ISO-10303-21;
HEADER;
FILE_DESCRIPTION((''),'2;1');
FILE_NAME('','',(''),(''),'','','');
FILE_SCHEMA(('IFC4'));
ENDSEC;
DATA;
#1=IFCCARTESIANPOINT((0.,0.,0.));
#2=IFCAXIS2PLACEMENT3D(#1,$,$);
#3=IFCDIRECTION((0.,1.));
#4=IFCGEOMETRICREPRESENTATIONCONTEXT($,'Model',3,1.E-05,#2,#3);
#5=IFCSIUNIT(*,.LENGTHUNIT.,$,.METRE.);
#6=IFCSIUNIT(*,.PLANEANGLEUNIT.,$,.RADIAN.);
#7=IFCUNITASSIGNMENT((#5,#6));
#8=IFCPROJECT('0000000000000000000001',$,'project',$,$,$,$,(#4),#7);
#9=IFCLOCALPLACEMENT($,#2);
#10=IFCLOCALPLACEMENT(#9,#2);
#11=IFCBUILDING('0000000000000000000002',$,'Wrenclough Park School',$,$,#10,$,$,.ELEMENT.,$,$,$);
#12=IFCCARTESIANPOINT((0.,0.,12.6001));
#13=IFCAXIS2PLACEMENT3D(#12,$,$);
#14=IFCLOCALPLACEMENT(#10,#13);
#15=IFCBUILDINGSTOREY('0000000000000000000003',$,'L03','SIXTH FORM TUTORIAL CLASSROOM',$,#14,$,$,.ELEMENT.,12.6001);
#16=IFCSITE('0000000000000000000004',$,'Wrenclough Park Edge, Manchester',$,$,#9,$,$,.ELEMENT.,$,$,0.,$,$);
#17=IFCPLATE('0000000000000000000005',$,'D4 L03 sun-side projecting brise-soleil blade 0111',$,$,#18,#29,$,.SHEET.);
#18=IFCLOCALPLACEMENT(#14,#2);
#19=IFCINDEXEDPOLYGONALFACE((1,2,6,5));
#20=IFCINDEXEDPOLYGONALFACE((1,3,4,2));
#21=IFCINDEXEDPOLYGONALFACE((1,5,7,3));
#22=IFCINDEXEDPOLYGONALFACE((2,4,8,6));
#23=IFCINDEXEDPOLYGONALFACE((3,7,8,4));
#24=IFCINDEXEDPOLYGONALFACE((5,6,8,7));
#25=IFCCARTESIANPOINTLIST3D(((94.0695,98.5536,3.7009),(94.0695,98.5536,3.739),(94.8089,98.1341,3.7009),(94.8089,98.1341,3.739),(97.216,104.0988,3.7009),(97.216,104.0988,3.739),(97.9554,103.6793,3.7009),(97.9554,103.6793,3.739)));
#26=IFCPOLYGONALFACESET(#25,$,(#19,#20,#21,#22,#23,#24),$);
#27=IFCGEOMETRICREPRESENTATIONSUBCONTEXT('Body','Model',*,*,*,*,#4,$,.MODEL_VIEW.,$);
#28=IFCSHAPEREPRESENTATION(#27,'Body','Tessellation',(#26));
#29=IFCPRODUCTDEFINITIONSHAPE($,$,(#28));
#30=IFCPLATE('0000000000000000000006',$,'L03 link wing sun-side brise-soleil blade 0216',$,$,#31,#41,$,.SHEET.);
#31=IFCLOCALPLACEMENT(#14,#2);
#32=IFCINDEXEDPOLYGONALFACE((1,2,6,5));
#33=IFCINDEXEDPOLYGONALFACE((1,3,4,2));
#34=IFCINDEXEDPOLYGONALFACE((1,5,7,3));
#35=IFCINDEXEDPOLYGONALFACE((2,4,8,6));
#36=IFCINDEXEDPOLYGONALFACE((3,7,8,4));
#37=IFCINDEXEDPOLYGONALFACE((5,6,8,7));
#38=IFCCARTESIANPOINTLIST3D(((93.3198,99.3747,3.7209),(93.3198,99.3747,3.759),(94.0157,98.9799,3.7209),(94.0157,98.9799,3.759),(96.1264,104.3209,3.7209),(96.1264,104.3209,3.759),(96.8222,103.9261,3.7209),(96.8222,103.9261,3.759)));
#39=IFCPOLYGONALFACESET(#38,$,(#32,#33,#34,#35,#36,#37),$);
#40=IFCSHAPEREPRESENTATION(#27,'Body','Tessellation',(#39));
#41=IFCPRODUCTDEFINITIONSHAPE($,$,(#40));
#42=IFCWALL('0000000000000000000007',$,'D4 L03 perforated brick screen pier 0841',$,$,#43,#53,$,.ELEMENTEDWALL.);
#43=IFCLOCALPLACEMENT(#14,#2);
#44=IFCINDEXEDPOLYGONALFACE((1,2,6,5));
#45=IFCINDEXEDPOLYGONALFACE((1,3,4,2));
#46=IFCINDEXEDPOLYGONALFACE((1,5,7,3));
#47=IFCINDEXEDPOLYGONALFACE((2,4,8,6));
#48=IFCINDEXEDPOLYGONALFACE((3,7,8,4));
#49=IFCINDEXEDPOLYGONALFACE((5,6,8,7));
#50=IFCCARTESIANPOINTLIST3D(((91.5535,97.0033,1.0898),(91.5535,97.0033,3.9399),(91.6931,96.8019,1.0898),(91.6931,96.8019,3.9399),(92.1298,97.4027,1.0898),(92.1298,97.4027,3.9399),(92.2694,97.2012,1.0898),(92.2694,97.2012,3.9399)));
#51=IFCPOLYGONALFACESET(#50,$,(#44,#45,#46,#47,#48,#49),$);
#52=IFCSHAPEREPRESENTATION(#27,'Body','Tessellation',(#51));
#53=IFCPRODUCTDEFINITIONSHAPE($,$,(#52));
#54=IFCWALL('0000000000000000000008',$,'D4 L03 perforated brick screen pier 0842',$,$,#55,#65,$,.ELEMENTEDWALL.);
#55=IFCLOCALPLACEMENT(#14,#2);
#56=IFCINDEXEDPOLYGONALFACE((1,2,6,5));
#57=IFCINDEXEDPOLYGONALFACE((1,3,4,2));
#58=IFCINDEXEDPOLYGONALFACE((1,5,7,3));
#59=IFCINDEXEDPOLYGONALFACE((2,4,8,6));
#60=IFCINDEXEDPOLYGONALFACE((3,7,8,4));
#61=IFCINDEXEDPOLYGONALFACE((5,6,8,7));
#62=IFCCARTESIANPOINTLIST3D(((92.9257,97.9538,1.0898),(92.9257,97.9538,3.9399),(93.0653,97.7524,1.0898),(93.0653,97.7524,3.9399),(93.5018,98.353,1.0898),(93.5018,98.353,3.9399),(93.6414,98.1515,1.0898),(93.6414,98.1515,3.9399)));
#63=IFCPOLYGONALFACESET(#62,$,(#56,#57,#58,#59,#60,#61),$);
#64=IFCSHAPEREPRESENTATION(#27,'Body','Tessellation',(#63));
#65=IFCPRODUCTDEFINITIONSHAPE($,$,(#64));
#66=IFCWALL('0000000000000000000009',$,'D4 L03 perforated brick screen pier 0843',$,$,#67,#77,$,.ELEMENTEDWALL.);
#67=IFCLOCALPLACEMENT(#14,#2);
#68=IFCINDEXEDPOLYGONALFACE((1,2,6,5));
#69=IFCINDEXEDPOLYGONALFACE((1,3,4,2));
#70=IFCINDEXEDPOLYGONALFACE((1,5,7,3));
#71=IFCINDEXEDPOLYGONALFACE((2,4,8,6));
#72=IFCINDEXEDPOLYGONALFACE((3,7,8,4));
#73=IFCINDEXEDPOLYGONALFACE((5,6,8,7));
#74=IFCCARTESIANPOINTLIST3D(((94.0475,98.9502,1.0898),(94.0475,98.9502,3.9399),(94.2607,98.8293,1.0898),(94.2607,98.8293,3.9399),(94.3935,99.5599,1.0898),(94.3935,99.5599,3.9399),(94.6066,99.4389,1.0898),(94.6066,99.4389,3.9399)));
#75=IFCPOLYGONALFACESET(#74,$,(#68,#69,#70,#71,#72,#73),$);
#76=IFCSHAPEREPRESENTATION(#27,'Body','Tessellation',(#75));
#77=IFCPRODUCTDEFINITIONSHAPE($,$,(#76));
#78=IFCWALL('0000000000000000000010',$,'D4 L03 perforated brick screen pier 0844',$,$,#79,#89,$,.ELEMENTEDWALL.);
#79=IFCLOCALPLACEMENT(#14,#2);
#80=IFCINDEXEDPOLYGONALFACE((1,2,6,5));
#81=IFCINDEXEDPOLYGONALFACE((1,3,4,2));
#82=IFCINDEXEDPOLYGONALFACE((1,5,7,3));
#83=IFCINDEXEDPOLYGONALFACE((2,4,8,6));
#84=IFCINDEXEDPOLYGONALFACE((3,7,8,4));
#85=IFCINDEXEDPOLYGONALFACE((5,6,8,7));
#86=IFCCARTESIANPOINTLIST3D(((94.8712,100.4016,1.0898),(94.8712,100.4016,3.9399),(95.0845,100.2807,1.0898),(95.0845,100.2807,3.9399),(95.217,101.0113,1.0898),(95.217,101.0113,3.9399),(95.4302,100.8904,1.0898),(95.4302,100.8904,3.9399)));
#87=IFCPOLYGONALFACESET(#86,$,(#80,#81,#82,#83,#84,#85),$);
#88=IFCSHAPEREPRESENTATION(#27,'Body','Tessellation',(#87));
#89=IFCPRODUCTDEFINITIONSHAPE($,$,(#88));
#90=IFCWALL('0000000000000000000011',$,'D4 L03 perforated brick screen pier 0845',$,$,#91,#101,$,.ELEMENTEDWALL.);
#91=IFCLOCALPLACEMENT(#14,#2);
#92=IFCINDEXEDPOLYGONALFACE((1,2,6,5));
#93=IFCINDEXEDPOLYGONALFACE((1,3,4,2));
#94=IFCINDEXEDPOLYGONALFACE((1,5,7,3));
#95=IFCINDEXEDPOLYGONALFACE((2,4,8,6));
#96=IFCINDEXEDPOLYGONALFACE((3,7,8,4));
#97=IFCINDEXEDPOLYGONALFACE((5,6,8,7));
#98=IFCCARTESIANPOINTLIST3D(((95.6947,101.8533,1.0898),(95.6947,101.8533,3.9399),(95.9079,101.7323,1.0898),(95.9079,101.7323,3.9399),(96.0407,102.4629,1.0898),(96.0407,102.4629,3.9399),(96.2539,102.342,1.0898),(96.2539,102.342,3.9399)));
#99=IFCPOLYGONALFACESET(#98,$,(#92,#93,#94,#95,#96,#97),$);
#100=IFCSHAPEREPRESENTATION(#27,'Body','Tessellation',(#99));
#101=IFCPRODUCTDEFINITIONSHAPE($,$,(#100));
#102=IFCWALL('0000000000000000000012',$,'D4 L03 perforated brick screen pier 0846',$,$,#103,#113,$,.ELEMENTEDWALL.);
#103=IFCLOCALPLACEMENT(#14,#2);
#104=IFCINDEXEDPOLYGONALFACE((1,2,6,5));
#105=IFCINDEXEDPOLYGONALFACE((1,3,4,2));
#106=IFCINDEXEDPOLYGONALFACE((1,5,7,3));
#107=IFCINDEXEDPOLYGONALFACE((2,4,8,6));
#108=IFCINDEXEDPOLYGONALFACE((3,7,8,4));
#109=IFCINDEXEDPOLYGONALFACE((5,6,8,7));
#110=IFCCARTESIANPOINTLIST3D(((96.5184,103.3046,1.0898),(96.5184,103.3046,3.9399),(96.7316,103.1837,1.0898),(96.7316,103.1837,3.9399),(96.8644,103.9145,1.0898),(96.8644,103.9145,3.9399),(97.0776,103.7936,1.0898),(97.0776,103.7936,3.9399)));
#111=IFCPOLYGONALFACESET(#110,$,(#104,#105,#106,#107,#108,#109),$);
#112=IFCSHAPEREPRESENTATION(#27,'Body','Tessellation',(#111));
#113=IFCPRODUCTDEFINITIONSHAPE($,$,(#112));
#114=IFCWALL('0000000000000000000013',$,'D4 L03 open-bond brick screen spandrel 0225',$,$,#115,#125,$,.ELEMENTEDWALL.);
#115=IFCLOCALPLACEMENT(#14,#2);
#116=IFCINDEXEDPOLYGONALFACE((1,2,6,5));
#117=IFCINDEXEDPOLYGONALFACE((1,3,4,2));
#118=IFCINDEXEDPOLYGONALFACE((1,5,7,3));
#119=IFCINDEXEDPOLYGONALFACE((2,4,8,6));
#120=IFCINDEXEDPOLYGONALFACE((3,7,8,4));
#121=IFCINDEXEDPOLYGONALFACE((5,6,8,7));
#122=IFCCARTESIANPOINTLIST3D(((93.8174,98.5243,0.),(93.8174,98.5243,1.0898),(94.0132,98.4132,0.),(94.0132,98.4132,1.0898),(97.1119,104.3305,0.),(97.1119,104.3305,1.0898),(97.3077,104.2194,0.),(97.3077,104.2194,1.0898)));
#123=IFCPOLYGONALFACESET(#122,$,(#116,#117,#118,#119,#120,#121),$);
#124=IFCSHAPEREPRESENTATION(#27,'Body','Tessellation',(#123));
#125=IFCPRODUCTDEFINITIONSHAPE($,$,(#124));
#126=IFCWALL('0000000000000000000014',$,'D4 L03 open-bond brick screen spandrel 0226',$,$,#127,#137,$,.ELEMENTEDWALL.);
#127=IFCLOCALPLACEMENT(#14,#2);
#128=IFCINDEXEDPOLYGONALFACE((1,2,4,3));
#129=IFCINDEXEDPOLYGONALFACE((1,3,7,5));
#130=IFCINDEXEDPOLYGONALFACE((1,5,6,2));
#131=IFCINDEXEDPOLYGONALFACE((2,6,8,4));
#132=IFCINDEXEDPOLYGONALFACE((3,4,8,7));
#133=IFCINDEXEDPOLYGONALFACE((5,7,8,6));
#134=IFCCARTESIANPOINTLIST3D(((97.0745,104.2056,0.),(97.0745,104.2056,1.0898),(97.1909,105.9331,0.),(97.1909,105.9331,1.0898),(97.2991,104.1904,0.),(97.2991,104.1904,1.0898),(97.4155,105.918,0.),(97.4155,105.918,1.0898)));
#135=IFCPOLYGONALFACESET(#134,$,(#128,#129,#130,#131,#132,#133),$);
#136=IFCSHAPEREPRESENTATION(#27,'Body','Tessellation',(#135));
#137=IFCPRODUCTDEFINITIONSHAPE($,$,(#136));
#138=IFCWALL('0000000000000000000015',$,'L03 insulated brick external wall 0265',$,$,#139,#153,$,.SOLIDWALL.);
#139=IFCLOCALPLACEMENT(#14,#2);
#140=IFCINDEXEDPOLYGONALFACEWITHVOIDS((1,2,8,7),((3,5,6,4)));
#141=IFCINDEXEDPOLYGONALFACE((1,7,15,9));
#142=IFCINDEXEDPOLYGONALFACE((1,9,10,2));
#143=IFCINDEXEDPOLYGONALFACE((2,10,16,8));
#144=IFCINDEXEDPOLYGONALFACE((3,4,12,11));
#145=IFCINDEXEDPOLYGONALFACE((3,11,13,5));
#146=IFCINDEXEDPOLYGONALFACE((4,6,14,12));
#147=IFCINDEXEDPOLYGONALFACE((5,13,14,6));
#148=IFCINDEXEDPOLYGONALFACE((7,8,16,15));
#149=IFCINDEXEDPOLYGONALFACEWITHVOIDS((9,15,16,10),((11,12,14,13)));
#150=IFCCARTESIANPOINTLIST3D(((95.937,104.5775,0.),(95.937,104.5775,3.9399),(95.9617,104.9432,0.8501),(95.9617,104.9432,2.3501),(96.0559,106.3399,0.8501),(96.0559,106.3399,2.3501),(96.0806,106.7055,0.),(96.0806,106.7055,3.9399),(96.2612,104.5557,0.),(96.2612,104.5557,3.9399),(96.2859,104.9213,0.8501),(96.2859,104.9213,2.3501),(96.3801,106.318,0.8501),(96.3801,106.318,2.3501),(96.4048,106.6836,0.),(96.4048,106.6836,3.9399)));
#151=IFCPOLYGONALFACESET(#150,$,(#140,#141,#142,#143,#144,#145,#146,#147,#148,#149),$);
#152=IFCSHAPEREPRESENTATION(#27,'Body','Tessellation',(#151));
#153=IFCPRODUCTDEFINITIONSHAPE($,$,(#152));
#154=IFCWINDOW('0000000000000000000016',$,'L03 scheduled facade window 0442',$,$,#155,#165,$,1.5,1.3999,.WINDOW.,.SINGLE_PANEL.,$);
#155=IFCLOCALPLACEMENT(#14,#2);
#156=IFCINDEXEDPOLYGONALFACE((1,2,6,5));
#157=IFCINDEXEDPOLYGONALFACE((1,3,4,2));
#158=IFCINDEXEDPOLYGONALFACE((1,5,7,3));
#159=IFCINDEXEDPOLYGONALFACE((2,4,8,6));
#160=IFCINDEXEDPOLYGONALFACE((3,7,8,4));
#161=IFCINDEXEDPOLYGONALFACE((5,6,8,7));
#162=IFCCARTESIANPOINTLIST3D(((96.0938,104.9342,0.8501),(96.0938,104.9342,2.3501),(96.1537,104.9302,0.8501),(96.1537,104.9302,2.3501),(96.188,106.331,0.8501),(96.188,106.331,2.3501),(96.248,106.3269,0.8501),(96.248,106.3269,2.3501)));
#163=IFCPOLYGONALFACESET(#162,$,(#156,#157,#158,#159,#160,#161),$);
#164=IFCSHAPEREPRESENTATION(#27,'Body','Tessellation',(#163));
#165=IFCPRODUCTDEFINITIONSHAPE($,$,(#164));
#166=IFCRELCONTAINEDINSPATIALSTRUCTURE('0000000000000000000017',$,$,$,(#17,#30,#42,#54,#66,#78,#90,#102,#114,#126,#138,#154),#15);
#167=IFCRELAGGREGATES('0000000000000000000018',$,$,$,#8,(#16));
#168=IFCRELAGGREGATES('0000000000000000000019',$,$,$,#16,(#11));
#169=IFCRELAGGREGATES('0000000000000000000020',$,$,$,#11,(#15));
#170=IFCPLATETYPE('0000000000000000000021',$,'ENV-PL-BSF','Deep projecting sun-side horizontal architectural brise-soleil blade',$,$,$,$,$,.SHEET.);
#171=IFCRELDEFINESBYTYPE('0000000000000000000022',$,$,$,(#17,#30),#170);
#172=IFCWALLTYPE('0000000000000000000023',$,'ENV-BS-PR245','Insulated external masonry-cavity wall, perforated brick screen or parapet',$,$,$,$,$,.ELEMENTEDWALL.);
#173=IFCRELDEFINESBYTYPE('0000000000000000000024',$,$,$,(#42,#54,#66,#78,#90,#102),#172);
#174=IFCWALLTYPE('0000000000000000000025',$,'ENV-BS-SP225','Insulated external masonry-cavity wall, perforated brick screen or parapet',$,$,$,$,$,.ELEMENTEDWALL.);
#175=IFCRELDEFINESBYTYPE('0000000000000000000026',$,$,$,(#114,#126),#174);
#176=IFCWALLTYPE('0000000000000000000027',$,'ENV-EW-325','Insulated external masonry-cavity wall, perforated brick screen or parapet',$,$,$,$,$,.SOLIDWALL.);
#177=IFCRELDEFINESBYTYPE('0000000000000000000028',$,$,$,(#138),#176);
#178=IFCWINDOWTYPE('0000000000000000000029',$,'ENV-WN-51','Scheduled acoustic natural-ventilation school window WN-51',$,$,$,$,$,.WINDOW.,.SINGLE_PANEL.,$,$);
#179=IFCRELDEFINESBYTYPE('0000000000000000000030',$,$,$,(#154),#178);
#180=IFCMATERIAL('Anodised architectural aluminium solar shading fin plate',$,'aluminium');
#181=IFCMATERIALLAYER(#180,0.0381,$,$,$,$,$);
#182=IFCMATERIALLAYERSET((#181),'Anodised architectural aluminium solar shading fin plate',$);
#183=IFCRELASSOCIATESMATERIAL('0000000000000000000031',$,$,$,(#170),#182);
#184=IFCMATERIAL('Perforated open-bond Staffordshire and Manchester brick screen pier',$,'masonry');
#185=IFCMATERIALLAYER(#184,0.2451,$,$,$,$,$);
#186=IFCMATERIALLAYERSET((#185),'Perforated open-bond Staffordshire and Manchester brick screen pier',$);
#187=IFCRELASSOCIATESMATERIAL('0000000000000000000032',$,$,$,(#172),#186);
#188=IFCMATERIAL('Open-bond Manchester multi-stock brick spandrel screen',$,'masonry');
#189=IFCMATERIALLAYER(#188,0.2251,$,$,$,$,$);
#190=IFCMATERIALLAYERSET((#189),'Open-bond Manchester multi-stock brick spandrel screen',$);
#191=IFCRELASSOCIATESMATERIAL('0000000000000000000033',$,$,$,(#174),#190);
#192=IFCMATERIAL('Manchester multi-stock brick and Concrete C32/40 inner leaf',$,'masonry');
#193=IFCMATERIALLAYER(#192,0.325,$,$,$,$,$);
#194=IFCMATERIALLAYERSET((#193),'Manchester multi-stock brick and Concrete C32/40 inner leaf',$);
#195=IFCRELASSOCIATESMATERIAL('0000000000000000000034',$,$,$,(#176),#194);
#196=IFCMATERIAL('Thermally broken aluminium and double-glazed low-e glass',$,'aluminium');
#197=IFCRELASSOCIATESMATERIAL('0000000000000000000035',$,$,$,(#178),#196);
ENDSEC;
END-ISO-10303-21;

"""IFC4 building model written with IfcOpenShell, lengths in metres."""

from ifc_helpers import new_model, si_unit, direction, frame, frame_2d, origin, origin_2d, place, context, subcontext, project, spatial, rectangle, extrude, material, layer, layer_set, type_object, element, fill, save


model = new_model("IFC4")

# Units and contexts
model_context = context("Model", 3, precision=1e-05, world=origin(), true_north=direction((0.0, 1.0)))
body_context = subcontext(model_context, "Body", "Model", "MODEL_VIEW")
ifc_project = project(units=[si_unit("LENGTHUNIT", "METRE"), si_unit("PLANEANGLEUNIT", "RADIAN")], contexts=[model_context])

# Site, building, storey
site_placement = place(None, origin())
site = spatial("IfcSite", under=ifc_project, at=site_placement, Name="Wrenclough Park Edge, Manchester", CompositionType="ELEMENT", RefElevation=0.0)
building_placement = place(site_placement, origin())
building = spatial("IfcBuilding", under=site, at=building_placement, Name="Wrenclough Park School", CompositionType="ELEMENT")
storey_placement = place(building_placement, frame((0.0, 0.0, 12.6001)))
storey = spatial("IfcBuildingStorey", under=building, at=storey_placement, Name="L03", Description="SIXTH FORM TUTORIAL CLASSROOM", CompositionType="ELEMENT", Elevation=12.6001)

# Plates
ifc_material_1 = material(Name="Anodised architectural aluminium solar shading fin plate", Category="aluminium")
ifc_layer_1 = layer(ifc_material_1, 0.0381)
ifc_layer_set_1 = layer_set([ifc_layer_1], Name="Anodised architectural aluminium solar shading fin plate")
plate_type = type_object("IfcPlateType", Name="ENV-PL-BSF", Description="Deep projecting sun-side horizontal architectural brise-soleil blade", PredefinedType="SHEET", material=ifc_layer_set_1)
plate_1_placement = place(storey_placement, frame((96.0125, 101.1165, 3.7009), z_axis=(0.0, 0.0, 1.0), x_axis=(0.493509, 0.869741, 0.0)))
element("IfcPlate", 1, at=plate_1_placement, inside=storey, type_object=plate_type, Name="D4 L03 sun-side projecting brise-soleil blade 0111", PredefinedType="SHEET", context=body_context, shape_type="SweptSolid", body=[
    extrude(rectangle(XDim=6.3757, YDim=0.8501, at=origin_2d()), origin(), (0.0, 0.0, 1.0), 0.0381),
])
plate_2_placement = place(storey_placement, frame((95.071, 101.6504, 3.7209), z_axis=(0.0, 0.0, 1.0), x_axis=(-0.493504, -0.869743, 0.0)))
element("IfcPlate", 2, at=plate_2_placement, inside=storey, type_object=plate_type, Name="L03 link wing sun-side brise-soleil blade 0216", PredefinedType="SHEET", context=body_context, shape_type="SweptSolid", body=[
    extrude(rectangle(XDim=5.687, YDim=0.8, at=origin_2d()), origin(), (0.0, 0.0, 1.0), 0.0381),
])

# Walls
ifc_material_2 = material(Name="Perforated open-bond Staffordshire and Manchester brick screen pier", Category="masonry")
ifc_layer_2 = layer(ifc_material_2, 0.2451)
ifc_layer_set_2 = layer_set([ifc_layer_2], Name="Perforated open-bond Staffordshire and Manchester brick screen pier")
wall_type_1 = type_object("IfcWallType", Name="ENV-BS-PR245", Description="Insulated external masonry-cavity wall, perforated brick screen or parapet", PredefinedType="ELEMENTEDWALL", material=ifc_layer_set_2)
wall_1_placement = place(storey_placement, frame((91.6233, 96.9026, 1.0898), z_axis=(0.0, 0.0, 1.0), x_axis=(0.821954, 0.569554, 0.0)))
element("IfcWall", 3, at=wall_1_placement, inside=storey, type_object=wall_type_1, Name="D4 L03 perforated brick screen pier 0841", PredefinedType="ELEMENTEDWALL", context=body_context, shape_type="SweptSolid", body=[
    extrude(rectangle(XDim=0.7012, YDim=0.2451, at=frame_2d((0.3506, 0.0))), origin(), (0.0, 0.0, 1.0), 2.8501),
])
for number, where, z_axis, x_axis, name in (
    (4, (92.9954, 97.853, 1.0898), (0.0, 0.0, 1.0), (0.822004, 0.569482, 0.0), "D4 L03 perforated brick screen pier 0842"),
    (5, (94.1541, 98.8896, 1.0898), (0.0, 0.0, 1.0), (0.493549, 0.869718, 0.0), "D4 L03 perforated brick screen pier 0843"),
    (6, (94.9778, 100.3411, 1.0898), (0.0, 0.0, 1.0), (0.493285, 0.869868, 0.0), "D4 L03 perforated brick screen pier 0844"),
    (7, (95.8013, 101.7927, 1.0898), (0.0, 0.0, 1.0), (0.493549, 0.869718, 0.0), "D4 L03 perforated brick screen pier 0845"),
):
    element("IfcWall", number, at=place(storey_placement, frame(where, z_axis=z_axis, x_axis=x_axis)), inside=storey, type_object=wall_type_1, Name=name, PredefinedType="ELEMENTEDWALL", context=body_context, shape_type="SweptSolid", body=[
        extrude(rectangle(XDim=0.7009, YDim=0.2451, at=frame_2d((0.3506, 0.0))), origin(), (0.0, 0.0, 1.0), 2.8501),
    ])
wall_2_placement = place(storey_placement, frame((96.625, 103.2441, 1.0898), z_axis=(0.0, 0.0, 1.0), x_axis=(0.493399, 0.869803, 0.0)))
element("IfcWall", 8, at=wall_2_placement, inside=storey, type_object=wall_type_1, Name="D4 L03 perforated brick screen pier 0846", PredefinedType="ELEMENTEDWALL", context=body_context, shape_type="SweptSolid", body=[
    extrude(rectangle(XDim=0.7012, YDim=0.2451, at=frame_2d((0.3506, 0.0))), origin(), (0.0, 0.0, 1.0), 2.8501),
])
ifc_material_3 = material(Name="Open-bond Manchester multi-stock brick spandrel screen", Category="masonry")
ifc_layer_3 = layer(ifc_material_3, 0.2251)
ifc_layer_set_3 = layer_set([ifc_layer_3], Name="Open-bond Manchester multi-stock brick spandrel screen")
wall_type_2 = type_object("IfcWallType", Name="ENV-BS-SP225", Description="Insulated external masonry-cavity wall, perforated brick screen or parapet", PredefinedType="ELEMENTEDWALL", material=ifc_layer_set_3)
wall_3_placement = place(storey_placement, frame((93.9153, 98.4688, 0.0), z_axis=(0.0, 0.0, 1.0), x_axis=(0.493498, 0.869747, 0.0)))
element("IfcWall", 9, at=wall_3_placement, inside=storey, type_object=wall_type_2, Name="D4 L03 open-bond brick screen spandrel 0225", PredefinedType="ELEMENTEDWALL", context=body_context, shape_type="SweptSolid", body=[
    extrude(rectangle(XDim=6.6758, YDim=0.2251, at=frame_2d((3.3379, 0.0))), origin(), (0.0, 0.0, 1.0), 1.0898),
])
wall_4_placement = place(storey_placement, frame((97.1868, 104.198, 0.0), z_axis=(0.0, 0.0, 1.0), x_axis=(0.067258, 0.997736, 0.0)))
element("IfcWall", 10, at=wall_4_placement, inside=storey, type_object=wall_type_2, Name="D4 L03 open-bond brick screen spandrel 0226", PredefinedType="ELEMENTEDWALL", context=body_context, shape_type="SweptSolid", body=[
    extrude(rectangle(XDim=1.7314, YDim=0.2251, at=frame_2d((0.8657, 0.0))), origin(), (0.0, 0.0, 1.0), 1.0898),
])

# Wall, opening, window
ifc_material_4 = material(Name="Manchester multi-stock brick and Concrete C32/40 inner leaf", Category="masonry")
ifc_layer_4 = layer(ifc_material_4, 0.325)
ifc_layer_set_4 = layer_set([ifc_layer_4], Name="Manchester multi-stock brick and Concrete C32/40 inner leaf")
wall_type_3 = type_object("IfcWallType", Name="ENV-EW-325", Description="Insulated external masonry-cavity wall, perforated brick screen or parapet", PredefinedType="SOLIDWALL", material=ifc_layer_set_4)
wall_5_placement = place(storey_placement, frame((96.2427, 106.6946, 0.0), z_axis=(0.0, 0.0, 1.0), x_axis=(-0.067309, -0.997732, 0.0)))
wall_5 = element("IfcWall", 11, at=wall_5_placement, inside=storey, type_object=wall_type_3, Name="L03 insulated brick external wall 0265", PredefinedType="SOLIDWALL", context=body_context, shape_type="SweptSolid", body=[
    extrude(rectangle(XDim=2.1328, YDim=0.325, at=frame_2d((1.0664, 0.0))), origin(), (0.0, 0.0, 1.0), 3.9399),
])
opening_1_placement = place(wall_5_placement, frame((0.3665, 0.0, 0.8501)))
opening_1 = element("IfcOpeningElement", 12, at=opening_1_placement, cuts=wall_5, PredefinedType="OPENING", context=body_context, shape_type="SweptSolid", body=[
    extrude(rectangle(XDim=1.3999, YDim=1.5, at=frame_2d((0.7, 0.75))), frame((0.0, 0.1724, 0.0), z_axis=(0.0, -1.0, 0.0), x_axis=(1.0, 0.0, 0.0)), (0.0, 0.0, 1.0), 0.345),
])
ifc_material_5 = material(Name="Thermally broken aluminium and double-glazed low-e glass", Category="aluminium")
window_type_1 = type_object("IfcWindowType", Name="ENV-WN-51", Description="Scheduled acoustic natural-ventilation school window WN-51", PartitioningType="SINGLE_PANEL", PredefinedType="WINDOW", material=ifc_material_5)
window_1_placement = place(opening_1_placement, origin())
window_1 = element("IfcWindow", 13, at=window_1_placement, inside=storey, type_object=window_type_1, Name="L03 scheduled facade window 0442", OverallHeight=1.5, OverallWidth=1.3999, PartitioningType="SINGLE_PANEL", PredefinedType="WINDOW", context=body_context, shape_type="SweptSolid", body=[
    extrude(rectangle(XDim=1.3999, YDim=1.5, at=frame_2d((0.7, 0.75))), frame((0.0, 0.03, 0.0), z_axis=(0.0, -1.0, 0.0), x_axis=(1.0, 0.0, 0.0)), (0.0, 0.0, 1.0), 0.0601),
])
fill(opening_1, window_1)

save(model, "model.ifc")
